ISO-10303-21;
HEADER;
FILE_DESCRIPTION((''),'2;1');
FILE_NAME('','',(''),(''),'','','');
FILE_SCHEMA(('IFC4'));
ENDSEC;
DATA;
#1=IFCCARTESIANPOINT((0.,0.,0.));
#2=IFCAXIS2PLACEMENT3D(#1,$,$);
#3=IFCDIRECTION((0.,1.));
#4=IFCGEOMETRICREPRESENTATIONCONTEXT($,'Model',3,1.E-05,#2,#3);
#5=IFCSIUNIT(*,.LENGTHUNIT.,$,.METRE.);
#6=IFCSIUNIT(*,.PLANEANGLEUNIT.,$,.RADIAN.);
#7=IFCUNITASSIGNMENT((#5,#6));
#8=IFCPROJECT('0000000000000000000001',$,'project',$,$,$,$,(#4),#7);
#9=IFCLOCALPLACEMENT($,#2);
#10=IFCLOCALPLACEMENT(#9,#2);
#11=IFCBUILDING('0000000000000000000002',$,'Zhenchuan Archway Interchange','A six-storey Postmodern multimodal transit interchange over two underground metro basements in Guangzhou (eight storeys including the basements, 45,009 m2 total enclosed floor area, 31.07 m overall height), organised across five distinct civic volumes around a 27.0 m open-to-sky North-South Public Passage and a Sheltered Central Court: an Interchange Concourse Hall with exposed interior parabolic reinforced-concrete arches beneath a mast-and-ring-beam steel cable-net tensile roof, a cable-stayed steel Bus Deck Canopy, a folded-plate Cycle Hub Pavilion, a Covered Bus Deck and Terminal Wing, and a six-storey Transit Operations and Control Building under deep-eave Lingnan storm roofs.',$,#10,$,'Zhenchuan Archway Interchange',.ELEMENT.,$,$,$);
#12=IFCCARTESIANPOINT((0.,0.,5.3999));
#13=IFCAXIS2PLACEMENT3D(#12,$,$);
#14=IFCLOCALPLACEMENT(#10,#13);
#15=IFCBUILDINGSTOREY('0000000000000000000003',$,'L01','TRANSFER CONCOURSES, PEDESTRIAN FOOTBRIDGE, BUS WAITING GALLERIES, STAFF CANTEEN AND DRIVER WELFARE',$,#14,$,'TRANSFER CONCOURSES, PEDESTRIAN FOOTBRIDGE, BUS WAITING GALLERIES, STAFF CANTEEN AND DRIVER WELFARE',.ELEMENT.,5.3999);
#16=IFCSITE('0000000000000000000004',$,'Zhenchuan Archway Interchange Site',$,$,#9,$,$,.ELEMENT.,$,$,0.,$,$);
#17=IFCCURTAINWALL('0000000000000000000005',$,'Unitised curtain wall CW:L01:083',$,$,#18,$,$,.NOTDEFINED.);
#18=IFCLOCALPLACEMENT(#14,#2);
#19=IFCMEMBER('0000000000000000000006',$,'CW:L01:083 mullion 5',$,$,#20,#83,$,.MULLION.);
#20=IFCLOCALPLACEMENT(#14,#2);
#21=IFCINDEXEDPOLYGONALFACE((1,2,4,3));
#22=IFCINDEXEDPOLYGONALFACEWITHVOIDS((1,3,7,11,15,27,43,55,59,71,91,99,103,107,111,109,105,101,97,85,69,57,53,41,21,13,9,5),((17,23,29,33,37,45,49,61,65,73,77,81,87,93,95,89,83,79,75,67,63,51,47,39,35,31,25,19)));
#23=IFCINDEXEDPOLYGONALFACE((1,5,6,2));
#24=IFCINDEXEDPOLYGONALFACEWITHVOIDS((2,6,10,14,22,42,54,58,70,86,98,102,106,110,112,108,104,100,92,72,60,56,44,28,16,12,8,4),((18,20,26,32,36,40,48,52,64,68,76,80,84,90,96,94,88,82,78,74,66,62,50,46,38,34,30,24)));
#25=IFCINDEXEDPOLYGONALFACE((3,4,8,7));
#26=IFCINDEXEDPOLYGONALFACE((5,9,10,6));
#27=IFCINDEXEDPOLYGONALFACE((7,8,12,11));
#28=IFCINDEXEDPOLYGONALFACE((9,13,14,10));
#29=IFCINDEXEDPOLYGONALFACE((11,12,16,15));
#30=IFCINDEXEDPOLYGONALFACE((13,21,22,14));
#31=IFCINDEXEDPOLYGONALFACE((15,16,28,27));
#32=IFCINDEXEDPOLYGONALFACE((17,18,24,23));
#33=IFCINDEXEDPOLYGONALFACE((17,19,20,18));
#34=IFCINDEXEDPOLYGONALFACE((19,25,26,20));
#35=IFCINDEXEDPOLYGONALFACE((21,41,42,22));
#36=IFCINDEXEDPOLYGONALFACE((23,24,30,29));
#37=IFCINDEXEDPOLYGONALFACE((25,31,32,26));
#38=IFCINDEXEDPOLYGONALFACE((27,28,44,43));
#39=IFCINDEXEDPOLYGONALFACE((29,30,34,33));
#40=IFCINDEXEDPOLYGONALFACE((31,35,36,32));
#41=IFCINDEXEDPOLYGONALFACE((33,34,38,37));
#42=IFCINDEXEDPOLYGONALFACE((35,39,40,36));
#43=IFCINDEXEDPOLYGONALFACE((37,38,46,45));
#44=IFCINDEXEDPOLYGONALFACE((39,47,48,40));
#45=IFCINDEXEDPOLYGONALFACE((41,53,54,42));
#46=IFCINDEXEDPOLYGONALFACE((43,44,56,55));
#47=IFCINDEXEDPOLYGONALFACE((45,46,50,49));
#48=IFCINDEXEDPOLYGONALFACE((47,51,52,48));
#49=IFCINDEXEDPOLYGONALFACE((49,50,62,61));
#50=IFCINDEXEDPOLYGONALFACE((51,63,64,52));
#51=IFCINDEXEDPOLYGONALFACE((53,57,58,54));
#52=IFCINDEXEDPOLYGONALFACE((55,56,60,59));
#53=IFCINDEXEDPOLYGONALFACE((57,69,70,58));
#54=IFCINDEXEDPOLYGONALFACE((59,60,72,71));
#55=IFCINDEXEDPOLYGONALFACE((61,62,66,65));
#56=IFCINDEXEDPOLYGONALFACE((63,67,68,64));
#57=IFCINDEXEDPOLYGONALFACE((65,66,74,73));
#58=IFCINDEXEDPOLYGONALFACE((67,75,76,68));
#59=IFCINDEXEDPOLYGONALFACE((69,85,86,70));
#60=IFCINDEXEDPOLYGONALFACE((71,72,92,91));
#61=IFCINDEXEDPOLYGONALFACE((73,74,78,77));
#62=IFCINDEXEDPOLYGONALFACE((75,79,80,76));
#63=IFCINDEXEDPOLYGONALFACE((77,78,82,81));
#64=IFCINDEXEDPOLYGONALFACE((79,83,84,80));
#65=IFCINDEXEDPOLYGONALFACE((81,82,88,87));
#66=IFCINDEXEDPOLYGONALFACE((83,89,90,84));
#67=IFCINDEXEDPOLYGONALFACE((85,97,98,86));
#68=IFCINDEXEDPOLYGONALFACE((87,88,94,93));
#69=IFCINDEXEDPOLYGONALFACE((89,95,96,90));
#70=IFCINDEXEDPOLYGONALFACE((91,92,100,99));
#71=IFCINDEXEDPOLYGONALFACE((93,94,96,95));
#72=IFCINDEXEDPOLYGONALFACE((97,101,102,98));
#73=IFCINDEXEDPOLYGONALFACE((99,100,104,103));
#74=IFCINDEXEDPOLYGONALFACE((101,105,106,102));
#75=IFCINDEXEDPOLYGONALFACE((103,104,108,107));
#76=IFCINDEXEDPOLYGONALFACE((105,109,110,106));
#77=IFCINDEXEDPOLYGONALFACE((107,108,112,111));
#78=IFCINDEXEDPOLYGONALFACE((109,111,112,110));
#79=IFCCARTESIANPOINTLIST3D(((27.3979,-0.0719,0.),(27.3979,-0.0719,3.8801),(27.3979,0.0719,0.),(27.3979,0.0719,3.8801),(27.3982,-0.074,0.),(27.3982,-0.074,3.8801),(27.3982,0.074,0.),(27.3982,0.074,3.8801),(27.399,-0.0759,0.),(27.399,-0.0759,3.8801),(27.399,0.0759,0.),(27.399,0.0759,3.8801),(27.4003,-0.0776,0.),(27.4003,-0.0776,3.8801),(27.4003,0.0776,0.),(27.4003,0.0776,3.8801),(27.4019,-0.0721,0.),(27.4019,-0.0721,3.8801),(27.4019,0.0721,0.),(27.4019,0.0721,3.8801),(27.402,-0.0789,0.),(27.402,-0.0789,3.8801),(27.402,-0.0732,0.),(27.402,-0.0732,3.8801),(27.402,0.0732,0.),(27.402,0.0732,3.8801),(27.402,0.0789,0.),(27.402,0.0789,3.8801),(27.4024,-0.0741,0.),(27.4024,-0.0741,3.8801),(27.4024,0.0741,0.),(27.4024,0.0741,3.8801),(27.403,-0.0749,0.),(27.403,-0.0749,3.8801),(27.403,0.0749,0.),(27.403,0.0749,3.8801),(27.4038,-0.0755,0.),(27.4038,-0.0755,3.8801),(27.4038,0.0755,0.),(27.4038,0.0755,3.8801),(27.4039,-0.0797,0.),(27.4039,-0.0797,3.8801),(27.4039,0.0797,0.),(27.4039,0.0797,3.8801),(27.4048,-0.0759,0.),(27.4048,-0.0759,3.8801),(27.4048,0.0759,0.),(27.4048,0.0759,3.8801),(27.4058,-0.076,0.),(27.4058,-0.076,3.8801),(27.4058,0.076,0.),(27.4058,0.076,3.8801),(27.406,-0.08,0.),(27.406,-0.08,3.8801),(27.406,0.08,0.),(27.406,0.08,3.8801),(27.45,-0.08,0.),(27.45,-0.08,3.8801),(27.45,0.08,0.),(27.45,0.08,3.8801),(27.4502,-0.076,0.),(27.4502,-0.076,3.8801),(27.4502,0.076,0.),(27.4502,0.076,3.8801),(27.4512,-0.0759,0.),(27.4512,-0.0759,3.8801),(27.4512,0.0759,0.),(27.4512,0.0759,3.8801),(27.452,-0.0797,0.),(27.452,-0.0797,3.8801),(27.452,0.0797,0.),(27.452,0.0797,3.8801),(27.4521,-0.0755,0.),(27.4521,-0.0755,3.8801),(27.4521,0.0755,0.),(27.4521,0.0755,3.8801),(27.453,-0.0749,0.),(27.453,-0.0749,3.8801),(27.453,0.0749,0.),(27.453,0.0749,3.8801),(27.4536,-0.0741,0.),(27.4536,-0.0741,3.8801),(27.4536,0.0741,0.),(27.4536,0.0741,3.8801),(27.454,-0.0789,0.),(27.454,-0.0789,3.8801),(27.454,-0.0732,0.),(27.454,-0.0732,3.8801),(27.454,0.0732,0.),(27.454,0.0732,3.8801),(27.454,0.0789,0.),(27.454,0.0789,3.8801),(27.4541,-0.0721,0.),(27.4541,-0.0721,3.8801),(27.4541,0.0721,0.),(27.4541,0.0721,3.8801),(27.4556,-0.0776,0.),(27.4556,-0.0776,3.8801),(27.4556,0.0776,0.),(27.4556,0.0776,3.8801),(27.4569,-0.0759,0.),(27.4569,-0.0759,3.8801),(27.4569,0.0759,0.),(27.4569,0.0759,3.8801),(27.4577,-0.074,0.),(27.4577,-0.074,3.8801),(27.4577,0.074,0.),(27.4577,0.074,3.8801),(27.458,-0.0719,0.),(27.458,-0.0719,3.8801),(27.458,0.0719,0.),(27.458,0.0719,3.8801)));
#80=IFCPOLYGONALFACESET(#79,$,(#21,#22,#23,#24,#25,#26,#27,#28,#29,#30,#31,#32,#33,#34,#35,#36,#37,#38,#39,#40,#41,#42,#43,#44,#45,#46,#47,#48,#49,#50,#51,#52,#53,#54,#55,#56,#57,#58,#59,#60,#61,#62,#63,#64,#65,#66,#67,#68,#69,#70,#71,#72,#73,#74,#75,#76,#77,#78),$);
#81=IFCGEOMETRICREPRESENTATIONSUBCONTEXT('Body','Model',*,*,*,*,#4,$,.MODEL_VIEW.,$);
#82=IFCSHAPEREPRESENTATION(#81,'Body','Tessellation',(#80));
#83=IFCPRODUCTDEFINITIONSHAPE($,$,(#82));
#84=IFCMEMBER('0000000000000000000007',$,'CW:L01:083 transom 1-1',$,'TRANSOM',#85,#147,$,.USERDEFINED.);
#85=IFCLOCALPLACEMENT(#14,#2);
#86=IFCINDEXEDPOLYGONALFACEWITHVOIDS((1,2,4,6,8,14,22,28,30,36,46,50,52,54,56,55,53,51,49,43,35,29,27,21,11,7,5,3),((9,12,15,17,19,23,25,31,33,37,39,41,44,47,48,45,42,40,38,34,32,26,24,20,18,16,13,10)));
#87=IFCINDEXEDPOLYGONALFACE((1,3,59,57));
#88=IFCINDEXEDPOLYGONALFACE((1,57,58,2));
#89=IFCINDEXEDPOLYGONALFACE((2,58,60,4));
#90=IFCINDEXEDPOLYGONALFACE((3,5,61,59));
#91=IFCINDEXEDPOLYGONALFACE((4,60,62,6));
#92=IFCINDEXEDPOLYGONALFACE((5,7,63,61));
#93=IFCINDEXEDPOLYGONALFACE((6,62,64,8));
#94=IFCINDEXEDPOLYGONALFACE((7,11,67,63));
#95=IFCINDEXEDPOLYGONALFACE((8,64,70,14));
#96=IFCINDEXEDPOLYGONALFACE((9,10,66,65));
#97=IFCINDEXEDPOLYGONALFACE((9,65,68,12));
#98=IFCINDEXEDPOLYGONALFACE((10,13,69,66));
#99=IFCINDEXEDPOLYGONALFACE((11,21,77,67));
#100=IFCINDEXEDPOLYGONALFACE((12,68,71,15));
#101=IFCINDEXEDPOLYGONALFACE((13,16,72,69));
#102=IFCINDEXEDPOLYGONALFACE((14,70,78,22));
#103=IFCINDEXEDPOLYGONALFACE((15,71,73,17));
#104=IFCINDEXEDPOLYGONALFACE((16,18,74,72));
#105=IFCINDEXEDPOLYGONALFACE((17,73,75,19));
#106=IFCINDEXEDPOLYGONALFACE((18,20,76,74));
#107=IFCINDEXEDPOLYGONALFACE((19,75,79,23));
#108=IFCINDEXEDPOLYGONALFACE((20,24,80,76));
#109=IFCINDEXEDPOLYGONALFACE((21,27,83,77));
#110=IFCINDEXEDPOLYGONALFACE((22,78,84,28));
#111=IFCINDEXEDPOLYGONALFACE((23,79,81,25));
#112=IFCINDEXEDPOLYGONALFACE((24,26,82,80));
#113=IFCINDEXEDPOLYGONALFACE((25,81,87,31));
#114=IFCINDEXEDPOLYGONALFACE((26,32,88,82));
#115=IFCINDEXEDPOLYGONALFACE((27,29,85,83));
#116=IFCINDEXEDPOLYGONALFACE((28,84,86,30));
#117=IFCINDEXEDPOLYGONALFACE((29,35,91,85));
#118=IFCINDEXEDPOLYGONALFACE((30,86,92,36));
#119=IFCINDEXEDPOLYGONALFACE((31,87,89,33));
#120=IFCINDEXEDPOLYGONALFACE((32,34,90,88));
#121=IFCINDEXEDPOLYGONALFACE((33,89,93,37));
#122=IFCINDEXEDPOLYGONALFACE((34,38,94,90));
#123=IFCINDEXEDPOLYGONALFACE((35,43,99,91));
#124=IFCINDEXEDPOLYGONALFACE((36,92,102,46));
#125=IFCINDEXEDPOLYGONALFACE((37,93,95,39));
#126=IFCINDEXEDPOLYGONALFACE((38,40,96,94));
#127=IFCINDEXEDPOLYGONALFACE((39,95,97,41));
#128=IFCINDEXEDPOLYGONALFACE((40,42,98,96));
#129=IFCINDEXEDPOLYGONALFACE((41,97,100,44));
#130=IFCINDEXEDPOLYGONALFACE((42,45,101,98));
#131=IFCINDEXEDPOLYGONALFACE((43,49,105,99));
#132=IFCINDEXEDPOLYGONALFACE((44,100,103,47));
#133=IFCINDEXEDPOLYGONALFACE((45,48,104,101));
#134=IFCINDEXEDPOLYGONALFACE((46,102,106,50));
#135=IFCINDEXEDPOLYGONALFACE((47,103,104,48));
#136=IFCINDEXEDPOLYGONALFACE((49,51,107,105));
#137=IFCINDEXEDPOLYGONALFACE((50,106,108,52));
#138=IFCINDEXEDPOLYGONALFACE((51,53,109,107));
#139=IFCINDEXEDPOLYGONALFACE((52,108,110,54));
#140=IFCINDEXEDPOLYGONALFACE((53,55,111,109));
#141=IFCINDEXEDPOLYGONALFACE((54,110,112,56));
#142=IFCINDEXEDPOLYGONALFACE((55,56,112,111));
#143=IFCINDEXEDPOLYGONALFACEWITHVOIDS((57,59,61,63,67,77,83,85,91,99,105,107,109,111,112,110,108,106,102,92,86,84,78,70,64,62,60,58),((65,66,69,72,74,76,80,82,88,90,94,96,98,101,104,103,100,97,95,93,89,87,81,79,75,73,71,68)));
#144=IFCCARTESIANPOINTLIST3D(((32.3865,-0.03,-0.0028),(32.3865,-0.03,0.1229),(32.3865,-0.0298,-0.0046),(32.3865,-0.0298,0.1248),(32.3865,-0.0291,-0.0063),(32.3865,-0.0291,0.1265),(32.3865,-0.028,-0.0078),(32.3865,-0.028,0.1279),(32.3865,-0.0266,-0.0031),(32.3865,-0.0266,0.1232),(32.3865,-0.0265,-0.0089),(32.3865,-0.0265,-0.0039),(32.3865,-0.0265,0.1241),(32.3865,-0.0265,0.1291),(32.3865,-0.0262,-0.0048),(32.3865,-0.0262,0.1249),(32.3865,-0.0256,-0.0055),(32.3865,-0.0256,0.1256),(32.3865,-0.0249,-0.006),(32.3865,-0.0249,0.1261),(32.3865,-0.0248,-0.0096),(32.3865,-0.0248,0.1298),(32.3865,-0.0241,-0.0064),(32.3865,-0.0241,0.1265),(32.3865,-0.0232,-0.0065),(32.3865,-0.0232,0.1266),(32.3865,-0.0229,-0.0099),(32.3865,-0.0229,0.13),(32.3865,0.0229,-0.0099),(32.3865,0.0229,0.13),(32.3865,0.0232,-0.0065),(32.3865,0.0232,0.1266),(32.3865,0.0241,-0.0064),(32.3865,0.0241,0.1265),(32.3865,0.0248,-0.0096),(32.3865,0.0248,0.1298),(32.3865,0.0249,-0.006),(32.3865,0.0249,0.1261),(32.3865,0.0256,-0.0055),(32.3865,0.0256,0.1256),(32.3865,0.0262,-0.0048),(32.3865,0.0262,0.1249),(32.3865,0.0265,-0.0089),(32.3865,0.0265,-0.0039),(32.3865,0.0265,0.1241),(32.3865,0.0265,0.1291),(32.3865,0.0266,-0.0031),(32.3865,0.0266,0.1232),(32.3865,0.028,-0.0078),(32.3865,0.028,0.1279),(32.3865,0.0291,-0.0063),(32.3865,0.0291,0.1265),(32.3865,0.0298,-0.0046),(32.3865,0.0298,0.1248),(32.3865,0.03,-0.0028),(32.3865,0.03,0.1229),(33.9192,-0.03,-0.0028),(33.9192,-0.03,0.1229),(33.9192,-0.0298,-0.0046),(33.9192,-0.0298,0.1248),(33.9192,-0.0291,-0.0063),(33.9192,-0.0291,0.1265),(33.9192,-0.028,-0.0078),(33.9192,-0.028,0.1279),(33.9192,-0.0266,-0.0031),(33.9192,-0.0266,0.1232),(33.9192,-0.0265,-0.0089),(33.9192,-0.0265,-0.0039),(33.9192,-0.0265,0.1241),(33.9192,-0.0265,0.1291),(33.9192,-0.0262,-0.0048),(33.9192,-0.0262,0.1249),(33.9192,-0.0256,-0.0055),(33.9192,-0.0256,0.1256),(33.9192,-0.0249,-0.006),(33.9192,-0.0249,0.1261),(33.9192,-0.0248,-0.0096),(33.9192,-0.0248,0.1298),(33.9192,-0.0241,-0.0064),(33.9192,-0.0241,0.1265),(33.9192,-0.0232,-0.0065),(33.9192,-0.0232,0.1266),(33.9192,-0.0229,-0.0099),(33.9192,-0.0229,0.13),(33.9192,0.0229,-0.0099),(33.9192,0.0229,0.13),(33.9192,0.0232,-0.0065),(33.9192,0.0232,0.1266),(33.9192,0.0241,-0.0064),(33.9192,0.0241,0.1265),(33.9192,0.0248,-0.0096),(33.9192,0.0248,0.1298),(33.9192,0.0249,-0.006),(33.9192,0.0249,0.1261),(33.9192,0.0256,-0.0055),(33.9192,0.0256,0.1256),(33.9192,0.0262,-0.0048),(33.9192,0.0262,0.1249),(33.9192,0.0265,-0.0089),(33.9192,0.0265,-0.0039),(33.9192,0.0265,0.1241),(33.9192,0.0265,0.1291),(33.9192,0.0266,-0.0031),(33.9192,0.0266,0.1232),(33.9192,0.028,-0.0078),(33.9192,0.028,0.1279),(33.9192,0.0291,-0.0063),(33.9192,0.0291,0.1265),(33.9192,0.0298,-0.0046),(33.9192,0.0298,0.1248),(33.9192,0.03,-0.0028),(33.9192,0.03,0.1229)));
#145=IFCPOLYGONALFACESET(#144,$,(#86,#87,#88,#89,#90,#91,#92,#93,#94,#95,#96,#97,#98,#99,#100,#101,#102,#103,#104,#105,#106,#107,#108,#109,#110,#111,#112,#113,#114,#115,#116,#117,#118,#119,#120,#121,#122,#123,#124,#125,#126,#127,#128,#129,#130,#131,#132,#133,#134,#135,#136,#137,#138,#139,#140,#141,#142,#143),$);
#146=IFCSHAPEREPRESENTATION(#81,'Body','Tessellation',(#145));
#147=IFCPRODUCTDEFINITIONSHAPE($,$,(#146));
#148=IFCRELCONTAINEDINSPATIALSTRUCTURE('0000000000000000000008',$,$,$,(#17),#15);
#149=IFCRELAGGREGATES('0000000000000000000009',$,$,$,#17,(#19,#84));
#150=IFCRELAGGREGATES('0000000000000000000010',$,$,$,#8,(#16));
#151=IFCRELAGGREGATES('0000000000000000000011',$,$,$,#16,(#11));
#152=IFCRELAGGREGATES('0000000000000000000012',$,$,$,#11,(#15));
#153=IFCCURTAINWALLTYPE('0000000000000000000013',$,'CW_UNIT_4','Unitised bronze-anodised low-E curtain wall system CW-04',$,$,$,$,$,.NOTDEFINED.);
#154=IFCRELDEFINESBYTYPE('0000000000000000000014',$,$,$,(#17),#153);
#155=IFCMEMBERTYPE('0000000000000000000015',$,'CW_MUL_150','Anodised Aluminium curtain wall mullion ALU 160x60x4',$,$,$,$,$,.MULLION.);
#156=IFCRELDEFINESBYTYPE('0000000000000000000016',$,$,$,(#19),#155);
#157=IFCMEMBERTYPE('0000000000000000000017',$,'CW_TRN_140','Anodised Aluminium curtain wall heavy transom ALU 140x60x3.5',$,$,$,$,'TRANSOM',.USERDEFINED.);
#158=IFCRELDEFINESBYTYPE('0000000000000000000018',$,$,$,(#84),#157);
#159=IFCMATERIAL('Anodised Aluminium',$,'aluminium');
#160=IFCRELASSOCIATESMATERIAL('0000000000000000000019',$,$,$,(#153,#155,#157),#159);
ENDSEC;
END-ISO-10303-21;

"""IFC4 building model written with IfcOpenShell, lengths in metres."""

from ifc_helpers import new_model, si_unit, direction, frame, origin, origin_2d, place, context, subcontext, project, spatial, hollow_rectangle, extrude, material, material_profile, profile_set, type_object, element, aggregate, save


model = new_model("IFC4")

# Units and contexts
model_context = context("Model", 3, precision=1e-05, world=origin(), true_north=direction((0.0, 1.0)))
body_context = subcontext(model_context, "Body", "Model", "MODEL_VIEW")
ifc_project = project(units=[si_unit("LENGTHUNIT", "METRE"), si_unit("PLANEANGLEUNIT", "RADIAN")], contexts=[model_context])

# Site, building, storey
site_placement = place(None, origin())
site = spatial("IfcSite", under=ifc_project, at=site_placement, Name="Zhenchuan Archway Interchange Site", CompositionType="ELEMENT", RefElevation=0.0)
building_placement = place(site_placement, origin())
building = spatial("IfcBuilding", under=site, at=building_placement, Name="Zhenchuan Archway Interchange", Description="A six-storey Postmodern multimodal transit interchange over two underground metro basements in Guangzhou (eight storeys including the basements, 45,009 m2 total enclosed floor area, 31.07 m overall height), organised across five distinct civic volumes around a 27.0 m open-to-sky North-South Public Passage and a Sheltered Central Court: an Interchange Concourse Hall with exposed interior parabolic reinforced-concrete arches beneath a mast-and-ring-beam steel cable-net tensile roof, a cable-stayed steel Bus Deck Canopy, a folded-plate Cycle Hub Pavilion, a Covered Bus Deck and Terminal Wing, and a six-storey Transit Operations and Control Building under deep-eave Lingnan storm roofs.", LongName="Zhenchuan Archway Interchange", CompositionType="ELEMENT")
storey_placement = place(building_placement, frame((0.0, 0.0, 5.3999)))
storey = spatial("IfcBuildingStorey", under=building, at=storey_placement, Name="L01", Description="TRANSFER CONCOURSES, PEDESTRIAN FOOTBRIDGE, BUS WAITING GALLERIES, STAFF CANTEEN AND DRIVER WELFARE", LongName="TRANSFER CONCOURSES, PEDESTRIAN FOOTBRIDGE, BUS WAITING GALLERIES, STAFF CANTEEN AND DRIVER WELFARE", CompositionType="ELEMENT", Elevation=5.3999)

# Curtain wall, members
ifc_material_1 = material(Name="Anodised Aluminium", Category="aluminium")
curtain_wall_type = type_object("IfcCurtainWallType", Name="CW_UNIT_4", Description="Unitised bronze-anodised low-E curtain wall system CW-04", PredefinedType="NOTDEFINED", material=ifc_material_1)
curtain_wall_placement = place(storey_placement, origin())
curtain_wall = element("IfcCurtainWall", 1, at=curtain_wall_placement, inside=storey, type_object=curtain_wall_type, Name="Unitised curtain wall CW:L01:083", PredefinedType="NOTDEFINED")
ifc_material_profile_1 = material_profile(ifc_material_1, hollow_rectangle(XDim=0.0601, YDim=0.1599, WallThickness=0.0039, InnerFilletRadius=0.0039, OuterFilletRadius=0.0081, at=origin_2d()), Name="ALU 160x60x4")
ifc_profile_set_1 = profile_set([ifc_material_profile_1], Name="Anodised Aluminium")
member_type_1 = type_object("IfcMemberType", Name="CW_MUL_150", Description="Anodised Aluminium curtain wall mullion ALU 160x60x4", PredefinedType="MULLION", material=ifc_profile_set_1)
member_1_placement = place(storey_placement, frame((27.428, 0.0, 0.0), z_axis=(0.0, 0.0, 1.0), x_axis=(1.0, 0.0, 0.0)))
member_1 = element("IfcMember", 2, at=member_1_placement, type_object=member_type_1, Name="CW:L01:083 mullion 5", PredefinedType="MULLION", context=body_context, shape_type="SweptSolid", body=[
    extrude(hollow_rectangle(XDim=0.0601, YDim=0.1599, WallThickness=0.0039, InnerFilletRadius=0.0039, OuterFilletRadius=0.0081, at=origin_2d()), origin(), (0.0, 0.0, 1.0), 3.8801),
])
ifc_material_profile_2 = material_profile(ifc_material_1, hollow_rectangle(XDim=0.0601, YDim=0.1399, WallThickness=0.0034, InnerFilletRadius=0.0034, OuterFilletRadius=0.0071, at=origin_2d()), Name="ALU 140x60x3.5")
ifc_profile_set_2 = profile_set([ifc_material_profile_2], Name="Anodised Aluminium")
member_type_2 = type_object("IfcMemberType", Name="CW_TRN_140", Description="Anodised Aluminium curtain wall heavy transom ALU 140x60x3.5", ElementType="TRANSOM", PredefinedType="USERDEFINED", material=ifc_profile_set_2)
member_2_placement = place(storey_placement, frame((33.9192, 0.0, 0.0601), z_axis=(-1.0, 0.0, 0.0), x_axis=(0.0, -1.0, 0.0)))
member_2 = element("IfcMember", 3, at=member_2_placement, type_object=member_type_2, Name="CW:L01:083 transom 1-1", ObjectType="TRANSOM", PredefinedType="USERDEFINED", context=body_context, shape_type="SweptSolid", body=[
    extrude(hollow_rectangle(XDim=0.0601, YDim=0.1399, WallThickness=0.0034, InnerFilletRadius=0.0034, OuterFilletRadius=0.0071, at=origin_2d()), origin(), (0.0, 0.0, 1.0), 1.5327),
])

aggregate(curtain_wall, [member_1, member_2])

save(model, "model.ifc")
